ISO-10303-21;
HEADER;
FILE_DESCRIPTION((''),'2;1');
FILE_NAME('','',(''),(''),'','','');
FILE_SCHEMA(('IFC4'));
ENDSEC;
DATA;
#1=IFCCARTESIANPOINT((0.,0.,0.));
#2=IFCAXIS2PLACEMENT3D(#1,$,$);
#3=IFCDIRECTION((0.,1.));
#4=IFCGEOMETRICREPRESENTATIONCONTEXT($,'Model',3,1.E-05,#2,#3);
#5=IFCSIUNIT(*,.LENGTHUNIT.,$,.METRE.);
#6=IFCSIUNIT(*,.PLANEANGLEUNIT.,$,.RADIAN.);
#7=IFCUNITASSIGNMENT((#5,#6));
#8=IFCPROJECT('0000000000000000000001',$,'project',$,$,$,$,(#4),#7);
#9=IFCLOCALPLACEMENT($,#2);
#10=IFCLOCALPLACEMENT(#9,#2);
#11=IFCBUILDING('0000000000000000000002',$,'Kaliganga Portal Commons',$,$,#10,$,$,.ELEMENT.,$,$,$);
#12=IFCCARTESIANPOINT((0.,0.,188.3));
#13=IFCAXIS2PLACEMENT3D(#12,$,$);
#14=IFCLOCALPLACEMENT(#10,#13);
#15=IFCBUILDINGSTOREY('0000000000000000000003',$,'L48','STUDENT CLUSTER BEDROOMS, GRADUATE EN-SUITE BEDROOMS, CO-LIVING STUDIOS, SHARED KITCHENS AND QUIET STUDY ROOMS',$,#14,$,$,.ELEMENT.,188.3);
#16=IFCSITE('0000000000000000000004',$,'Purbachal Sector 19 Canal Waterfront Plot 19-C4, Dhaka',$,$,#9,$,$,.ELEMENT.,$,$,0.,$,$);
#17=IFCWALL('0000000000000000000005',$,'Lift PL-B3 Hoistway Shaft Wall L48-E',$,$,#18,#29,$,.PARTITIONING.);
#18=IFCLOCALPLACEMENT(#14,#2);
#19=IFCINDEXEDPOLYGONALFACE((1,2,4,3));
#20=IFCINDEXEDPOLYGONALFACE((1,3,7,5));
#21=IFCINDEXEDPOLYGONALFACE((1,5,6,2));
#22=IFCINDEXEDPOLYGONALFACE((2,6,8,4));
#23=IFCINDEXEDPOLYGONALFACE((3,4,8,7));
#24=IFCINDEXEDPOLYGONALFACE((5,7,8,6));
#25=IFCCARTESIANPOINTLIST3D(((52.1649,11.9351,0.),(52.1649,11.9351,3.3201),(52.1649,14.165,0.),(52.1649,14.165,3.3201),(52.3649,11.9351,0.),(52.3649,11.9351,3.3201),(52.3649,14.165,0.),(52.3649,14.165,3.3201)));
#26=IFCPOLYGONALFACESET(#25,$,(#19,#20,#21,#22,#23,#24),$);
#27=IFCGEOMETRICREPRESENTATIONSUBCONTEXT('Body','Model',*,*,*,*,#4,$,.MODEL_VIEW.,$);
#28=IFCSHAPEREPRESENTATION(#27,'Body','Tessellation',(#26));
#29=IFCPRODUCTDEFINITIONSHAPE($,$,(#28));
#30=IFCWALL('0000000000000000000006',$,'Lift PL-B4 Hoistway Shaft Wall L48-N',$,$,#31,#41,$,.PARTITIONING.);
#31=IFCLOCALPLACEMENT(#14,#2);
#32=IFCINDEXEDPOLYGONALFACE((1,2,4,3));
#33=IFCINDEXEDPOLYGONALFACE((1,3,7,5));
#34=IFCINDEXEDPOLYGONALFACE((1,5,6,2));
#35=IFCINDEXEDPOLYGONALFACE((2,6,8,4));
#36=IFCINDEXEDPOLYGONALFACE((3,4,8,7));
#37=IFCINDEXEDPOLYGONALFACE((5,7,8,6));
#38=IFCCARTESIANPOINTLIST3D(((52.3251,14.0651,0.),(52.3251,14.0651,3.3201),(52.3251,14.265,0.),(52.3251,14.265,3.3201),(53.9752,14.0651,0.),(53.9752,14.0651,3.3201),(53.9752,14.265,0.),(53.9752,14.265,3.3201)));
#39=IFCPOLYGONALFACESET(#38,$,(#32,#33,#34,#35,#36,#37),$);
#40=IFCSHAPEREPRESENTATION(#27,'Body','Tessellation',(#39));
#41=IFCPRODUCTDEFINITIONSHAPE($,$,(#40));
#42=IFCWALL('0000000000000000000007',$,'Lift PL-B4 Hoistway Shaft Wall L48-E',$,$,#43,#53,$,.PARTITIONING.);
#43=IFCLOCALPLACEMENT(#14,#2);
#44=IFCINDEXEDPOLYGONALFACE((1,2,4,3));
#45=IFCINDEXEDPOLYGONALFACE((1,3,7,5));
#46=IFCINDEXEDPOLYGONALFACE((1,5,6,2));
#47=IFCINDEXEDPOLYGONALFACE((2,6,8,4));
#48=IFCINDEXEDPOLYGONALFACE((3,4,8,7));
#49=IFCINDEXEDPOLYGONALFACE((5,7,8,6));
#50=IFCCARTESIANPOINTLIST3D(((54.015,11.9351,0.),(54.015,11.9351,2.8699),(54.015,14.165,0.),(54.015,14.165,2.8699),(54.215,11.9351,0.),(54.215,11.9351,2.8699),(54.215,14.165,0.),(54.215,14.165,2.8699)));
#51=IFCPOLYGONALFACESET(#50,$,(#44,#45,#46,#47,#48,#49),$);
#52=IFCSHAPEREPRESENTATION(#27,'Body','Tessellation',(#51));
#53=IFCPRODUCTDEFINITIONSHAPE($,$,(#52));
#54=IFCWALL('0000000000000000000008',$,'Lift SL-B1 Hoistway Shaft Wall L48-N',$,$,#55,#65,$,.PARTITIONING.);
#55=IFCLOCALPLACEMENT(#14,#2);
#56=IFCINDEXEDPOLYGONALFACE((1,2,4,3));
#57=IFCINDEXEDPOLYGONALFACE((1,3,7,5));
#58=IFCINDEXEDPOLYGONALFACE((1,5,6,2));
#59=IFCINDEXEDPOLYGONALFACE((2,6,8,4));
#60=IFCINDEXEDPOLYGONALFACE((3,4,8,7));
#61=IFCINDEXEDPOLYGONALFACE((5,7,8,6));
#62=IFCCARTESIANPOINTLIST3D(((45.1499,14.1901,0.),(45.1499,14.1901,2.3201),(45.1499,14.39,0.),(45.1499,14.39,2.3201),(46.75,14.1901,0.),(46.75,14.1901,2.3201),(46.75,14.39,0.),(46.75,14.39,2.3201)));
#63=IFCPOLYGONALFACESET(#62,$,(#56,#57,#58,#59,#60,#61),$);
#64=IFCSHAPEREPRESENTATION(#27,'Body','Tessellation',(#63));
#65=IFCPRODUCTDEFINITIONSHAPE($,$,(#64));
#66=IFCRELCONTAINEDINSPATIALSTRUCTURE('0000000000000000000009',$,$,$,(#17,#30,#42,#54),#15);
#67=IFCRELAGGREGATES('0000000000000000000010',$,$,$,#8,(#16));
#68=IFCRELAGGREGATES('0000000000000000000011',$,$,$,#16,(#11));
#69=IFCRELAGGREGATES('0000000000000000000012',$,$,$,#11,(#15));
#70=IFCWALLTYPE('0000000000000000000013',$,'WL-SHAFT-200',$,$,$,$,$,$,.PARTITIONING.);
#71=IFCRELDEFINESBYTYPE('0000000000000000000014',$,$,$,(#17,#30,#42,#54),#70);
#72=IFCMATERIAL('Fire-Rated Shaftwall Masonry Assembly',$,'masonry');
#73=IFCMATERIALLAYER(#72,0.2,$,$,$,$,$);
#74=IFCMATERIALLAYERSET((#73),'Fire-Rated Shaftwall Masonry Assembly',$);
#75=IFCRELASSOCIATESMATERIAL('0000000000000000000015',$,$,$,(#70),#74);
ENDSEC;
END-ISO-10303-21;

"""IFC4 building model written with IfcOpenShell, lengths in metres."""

from ifc_helpers import new_model, si_unit, direction, frame, frame_2d, origin, place, context, subcontext, project, spatial, rectangle, extrude, material, layer, layer_set, type_object, element, save


model = new_model("IFC4")

# Units and contexts
model_context = context("Model", 3, precision=1e-05, world=origin(), true_north=direction((0.0, 1.0)))
body_context = subcontext(model_context, "Body", "Model", "MODEL_VIEW")
ifc_project = project(units=[si_unit("LENGTHUNIT", "METRE"), si_unit("PLANEANGLEUNIT", "RADIAN")], contexts=[model_context])

# Site, building, storey
site_placement = place(None, origin())
site = spatial("IfcSite", under=ifc_project, at=site_placement, Name="Purbachal Sector 19 Canal Waterfront Plot 19-C4, Dhaka", CompositionType="ELEMENT", RefElevation=0.0)
building_placement = place(site_placement, origin())
building = spatial("IfcBuilding", under=site, at=building_placement, Name="Kaliganga Portal Commons", CompositionType="ELEMENT")
storey_placement = place(building_placement, frame((0.0, 0.0, 188.3)))
storey = spatial("IfcBuildingStorey", under=building, at=storey_placement, Name="L48", Description="STUDENT CLUSTER BEDROOMS, GRADUATE EN-SUITE BEDROOMS, CO-LIVING STUDIOS, SHARED KITCHENS AND QUIET STUDY ROOMS", CompositionType="ELEMENT", Elevation=188.3)

# Shared definitions
ifc_material_1 = material(Name="Fire-Rated Shaftwall Masonry Assembly", Category="masonry")
ifc_layer_1 = layer(ifc_material_1, 0.2)
ifc_layer_set_1 = layer_set([ifc_layer_1], Name="Fire-Rated Shaftwall Masonry Assembly")
wall_type_1 = type_object("IfcWallType", Name="WL-SHAFT-200", PredefinedType="PARTITIONING", material=ifc_layer_set_1)

# Wall
wall_1_placement = place(storey_placement, frame((52.2649, 11.9351, 0.0), z_axis=(0.0, 0.0, 1.0), x_axis=(0.0, 1.0, 0.0)))
element("IfcWall", 1, at=wall_1_placement, inside=storey, type_object=wall_type_1, Name="Lift PL-B3 Hoistway Shaft Wall L48-E", PredefinedType="PARTITIONING", context=body_context, shape_type="SweptSolid", body=[
    extrude(rectangle(XDim=2.23, YDim=0.2, at=frame_2d((1.115, 0.0))), origin(), (0.0, 0.0, 1.0), 3.3201),
])

# Walls
wall_2_placement = place(storey_placement, frame((52.325, 14.165, 0.0), z_axis=(0.0, 0.0, 1.0), x_axis=(1.0, 0.0, 0.0)))
element("IfcWall", 2, at=wall_2_placement, inside=storey, type_object=wall_type_1, Name="Lift PL-B4 Hoistway Shaft Wall L48-N", PredefinedType="PARTITIONING", context=body_context, shape_type="SweptSolid", body=[
    extrude(rectangle(XDim=1.6501, YDim=0.2, at=frame_2d((0.8252, 0.0))), origin(), (0.0, 0.0, 1.0), 3.3201),
])
wall_3_placement = place(storey_placement, frame((54.115, 11.9351, 0.0), z_axis=(0.0, 0.0, 1.0), x_axis=(0.0, 1.0, 0.0)))
element("IfcWall", 3, at=wall_3_placement, inside=storey, type_object=wall_type_1, Name="Lift PL-B4 Hoistway Shaft Wall L48-E", PredefinedType="PARTITIONING", context=body_context, shape_type="SweptSolid", body=[
    extrude(rectangle(XDim=2.23, YDim=0.2, at=frame_2d((1.115, 0.0))), origin(), (0.0, 0.0, 1.0), 2.8699),
])

# Wall
wall_4_placement = place(storey_placement, frame((45.1499, 14.29, 0.0), z_axis=(0.0, 0.0, 1.0), x_axis=(1.0, 0.0, 0.0)))
element("IfcWall", 4, at=wall_4_placement, inside=storey, type_object=wall_type_1, Name="Lift SL-B1 Hoistway Shaft Wall L48-N", PredefinedType="PARTITIONING", context=body_context, shape_type="SweptSolid", body=[
    extrude(rectangle(XDim=1.6001, YDim=0.2, at=frame_2d((0.8, 0.0))), origin(), (0.0, 0.0, 1.0), 2.3201),
])

save(model, "model.ifc")
